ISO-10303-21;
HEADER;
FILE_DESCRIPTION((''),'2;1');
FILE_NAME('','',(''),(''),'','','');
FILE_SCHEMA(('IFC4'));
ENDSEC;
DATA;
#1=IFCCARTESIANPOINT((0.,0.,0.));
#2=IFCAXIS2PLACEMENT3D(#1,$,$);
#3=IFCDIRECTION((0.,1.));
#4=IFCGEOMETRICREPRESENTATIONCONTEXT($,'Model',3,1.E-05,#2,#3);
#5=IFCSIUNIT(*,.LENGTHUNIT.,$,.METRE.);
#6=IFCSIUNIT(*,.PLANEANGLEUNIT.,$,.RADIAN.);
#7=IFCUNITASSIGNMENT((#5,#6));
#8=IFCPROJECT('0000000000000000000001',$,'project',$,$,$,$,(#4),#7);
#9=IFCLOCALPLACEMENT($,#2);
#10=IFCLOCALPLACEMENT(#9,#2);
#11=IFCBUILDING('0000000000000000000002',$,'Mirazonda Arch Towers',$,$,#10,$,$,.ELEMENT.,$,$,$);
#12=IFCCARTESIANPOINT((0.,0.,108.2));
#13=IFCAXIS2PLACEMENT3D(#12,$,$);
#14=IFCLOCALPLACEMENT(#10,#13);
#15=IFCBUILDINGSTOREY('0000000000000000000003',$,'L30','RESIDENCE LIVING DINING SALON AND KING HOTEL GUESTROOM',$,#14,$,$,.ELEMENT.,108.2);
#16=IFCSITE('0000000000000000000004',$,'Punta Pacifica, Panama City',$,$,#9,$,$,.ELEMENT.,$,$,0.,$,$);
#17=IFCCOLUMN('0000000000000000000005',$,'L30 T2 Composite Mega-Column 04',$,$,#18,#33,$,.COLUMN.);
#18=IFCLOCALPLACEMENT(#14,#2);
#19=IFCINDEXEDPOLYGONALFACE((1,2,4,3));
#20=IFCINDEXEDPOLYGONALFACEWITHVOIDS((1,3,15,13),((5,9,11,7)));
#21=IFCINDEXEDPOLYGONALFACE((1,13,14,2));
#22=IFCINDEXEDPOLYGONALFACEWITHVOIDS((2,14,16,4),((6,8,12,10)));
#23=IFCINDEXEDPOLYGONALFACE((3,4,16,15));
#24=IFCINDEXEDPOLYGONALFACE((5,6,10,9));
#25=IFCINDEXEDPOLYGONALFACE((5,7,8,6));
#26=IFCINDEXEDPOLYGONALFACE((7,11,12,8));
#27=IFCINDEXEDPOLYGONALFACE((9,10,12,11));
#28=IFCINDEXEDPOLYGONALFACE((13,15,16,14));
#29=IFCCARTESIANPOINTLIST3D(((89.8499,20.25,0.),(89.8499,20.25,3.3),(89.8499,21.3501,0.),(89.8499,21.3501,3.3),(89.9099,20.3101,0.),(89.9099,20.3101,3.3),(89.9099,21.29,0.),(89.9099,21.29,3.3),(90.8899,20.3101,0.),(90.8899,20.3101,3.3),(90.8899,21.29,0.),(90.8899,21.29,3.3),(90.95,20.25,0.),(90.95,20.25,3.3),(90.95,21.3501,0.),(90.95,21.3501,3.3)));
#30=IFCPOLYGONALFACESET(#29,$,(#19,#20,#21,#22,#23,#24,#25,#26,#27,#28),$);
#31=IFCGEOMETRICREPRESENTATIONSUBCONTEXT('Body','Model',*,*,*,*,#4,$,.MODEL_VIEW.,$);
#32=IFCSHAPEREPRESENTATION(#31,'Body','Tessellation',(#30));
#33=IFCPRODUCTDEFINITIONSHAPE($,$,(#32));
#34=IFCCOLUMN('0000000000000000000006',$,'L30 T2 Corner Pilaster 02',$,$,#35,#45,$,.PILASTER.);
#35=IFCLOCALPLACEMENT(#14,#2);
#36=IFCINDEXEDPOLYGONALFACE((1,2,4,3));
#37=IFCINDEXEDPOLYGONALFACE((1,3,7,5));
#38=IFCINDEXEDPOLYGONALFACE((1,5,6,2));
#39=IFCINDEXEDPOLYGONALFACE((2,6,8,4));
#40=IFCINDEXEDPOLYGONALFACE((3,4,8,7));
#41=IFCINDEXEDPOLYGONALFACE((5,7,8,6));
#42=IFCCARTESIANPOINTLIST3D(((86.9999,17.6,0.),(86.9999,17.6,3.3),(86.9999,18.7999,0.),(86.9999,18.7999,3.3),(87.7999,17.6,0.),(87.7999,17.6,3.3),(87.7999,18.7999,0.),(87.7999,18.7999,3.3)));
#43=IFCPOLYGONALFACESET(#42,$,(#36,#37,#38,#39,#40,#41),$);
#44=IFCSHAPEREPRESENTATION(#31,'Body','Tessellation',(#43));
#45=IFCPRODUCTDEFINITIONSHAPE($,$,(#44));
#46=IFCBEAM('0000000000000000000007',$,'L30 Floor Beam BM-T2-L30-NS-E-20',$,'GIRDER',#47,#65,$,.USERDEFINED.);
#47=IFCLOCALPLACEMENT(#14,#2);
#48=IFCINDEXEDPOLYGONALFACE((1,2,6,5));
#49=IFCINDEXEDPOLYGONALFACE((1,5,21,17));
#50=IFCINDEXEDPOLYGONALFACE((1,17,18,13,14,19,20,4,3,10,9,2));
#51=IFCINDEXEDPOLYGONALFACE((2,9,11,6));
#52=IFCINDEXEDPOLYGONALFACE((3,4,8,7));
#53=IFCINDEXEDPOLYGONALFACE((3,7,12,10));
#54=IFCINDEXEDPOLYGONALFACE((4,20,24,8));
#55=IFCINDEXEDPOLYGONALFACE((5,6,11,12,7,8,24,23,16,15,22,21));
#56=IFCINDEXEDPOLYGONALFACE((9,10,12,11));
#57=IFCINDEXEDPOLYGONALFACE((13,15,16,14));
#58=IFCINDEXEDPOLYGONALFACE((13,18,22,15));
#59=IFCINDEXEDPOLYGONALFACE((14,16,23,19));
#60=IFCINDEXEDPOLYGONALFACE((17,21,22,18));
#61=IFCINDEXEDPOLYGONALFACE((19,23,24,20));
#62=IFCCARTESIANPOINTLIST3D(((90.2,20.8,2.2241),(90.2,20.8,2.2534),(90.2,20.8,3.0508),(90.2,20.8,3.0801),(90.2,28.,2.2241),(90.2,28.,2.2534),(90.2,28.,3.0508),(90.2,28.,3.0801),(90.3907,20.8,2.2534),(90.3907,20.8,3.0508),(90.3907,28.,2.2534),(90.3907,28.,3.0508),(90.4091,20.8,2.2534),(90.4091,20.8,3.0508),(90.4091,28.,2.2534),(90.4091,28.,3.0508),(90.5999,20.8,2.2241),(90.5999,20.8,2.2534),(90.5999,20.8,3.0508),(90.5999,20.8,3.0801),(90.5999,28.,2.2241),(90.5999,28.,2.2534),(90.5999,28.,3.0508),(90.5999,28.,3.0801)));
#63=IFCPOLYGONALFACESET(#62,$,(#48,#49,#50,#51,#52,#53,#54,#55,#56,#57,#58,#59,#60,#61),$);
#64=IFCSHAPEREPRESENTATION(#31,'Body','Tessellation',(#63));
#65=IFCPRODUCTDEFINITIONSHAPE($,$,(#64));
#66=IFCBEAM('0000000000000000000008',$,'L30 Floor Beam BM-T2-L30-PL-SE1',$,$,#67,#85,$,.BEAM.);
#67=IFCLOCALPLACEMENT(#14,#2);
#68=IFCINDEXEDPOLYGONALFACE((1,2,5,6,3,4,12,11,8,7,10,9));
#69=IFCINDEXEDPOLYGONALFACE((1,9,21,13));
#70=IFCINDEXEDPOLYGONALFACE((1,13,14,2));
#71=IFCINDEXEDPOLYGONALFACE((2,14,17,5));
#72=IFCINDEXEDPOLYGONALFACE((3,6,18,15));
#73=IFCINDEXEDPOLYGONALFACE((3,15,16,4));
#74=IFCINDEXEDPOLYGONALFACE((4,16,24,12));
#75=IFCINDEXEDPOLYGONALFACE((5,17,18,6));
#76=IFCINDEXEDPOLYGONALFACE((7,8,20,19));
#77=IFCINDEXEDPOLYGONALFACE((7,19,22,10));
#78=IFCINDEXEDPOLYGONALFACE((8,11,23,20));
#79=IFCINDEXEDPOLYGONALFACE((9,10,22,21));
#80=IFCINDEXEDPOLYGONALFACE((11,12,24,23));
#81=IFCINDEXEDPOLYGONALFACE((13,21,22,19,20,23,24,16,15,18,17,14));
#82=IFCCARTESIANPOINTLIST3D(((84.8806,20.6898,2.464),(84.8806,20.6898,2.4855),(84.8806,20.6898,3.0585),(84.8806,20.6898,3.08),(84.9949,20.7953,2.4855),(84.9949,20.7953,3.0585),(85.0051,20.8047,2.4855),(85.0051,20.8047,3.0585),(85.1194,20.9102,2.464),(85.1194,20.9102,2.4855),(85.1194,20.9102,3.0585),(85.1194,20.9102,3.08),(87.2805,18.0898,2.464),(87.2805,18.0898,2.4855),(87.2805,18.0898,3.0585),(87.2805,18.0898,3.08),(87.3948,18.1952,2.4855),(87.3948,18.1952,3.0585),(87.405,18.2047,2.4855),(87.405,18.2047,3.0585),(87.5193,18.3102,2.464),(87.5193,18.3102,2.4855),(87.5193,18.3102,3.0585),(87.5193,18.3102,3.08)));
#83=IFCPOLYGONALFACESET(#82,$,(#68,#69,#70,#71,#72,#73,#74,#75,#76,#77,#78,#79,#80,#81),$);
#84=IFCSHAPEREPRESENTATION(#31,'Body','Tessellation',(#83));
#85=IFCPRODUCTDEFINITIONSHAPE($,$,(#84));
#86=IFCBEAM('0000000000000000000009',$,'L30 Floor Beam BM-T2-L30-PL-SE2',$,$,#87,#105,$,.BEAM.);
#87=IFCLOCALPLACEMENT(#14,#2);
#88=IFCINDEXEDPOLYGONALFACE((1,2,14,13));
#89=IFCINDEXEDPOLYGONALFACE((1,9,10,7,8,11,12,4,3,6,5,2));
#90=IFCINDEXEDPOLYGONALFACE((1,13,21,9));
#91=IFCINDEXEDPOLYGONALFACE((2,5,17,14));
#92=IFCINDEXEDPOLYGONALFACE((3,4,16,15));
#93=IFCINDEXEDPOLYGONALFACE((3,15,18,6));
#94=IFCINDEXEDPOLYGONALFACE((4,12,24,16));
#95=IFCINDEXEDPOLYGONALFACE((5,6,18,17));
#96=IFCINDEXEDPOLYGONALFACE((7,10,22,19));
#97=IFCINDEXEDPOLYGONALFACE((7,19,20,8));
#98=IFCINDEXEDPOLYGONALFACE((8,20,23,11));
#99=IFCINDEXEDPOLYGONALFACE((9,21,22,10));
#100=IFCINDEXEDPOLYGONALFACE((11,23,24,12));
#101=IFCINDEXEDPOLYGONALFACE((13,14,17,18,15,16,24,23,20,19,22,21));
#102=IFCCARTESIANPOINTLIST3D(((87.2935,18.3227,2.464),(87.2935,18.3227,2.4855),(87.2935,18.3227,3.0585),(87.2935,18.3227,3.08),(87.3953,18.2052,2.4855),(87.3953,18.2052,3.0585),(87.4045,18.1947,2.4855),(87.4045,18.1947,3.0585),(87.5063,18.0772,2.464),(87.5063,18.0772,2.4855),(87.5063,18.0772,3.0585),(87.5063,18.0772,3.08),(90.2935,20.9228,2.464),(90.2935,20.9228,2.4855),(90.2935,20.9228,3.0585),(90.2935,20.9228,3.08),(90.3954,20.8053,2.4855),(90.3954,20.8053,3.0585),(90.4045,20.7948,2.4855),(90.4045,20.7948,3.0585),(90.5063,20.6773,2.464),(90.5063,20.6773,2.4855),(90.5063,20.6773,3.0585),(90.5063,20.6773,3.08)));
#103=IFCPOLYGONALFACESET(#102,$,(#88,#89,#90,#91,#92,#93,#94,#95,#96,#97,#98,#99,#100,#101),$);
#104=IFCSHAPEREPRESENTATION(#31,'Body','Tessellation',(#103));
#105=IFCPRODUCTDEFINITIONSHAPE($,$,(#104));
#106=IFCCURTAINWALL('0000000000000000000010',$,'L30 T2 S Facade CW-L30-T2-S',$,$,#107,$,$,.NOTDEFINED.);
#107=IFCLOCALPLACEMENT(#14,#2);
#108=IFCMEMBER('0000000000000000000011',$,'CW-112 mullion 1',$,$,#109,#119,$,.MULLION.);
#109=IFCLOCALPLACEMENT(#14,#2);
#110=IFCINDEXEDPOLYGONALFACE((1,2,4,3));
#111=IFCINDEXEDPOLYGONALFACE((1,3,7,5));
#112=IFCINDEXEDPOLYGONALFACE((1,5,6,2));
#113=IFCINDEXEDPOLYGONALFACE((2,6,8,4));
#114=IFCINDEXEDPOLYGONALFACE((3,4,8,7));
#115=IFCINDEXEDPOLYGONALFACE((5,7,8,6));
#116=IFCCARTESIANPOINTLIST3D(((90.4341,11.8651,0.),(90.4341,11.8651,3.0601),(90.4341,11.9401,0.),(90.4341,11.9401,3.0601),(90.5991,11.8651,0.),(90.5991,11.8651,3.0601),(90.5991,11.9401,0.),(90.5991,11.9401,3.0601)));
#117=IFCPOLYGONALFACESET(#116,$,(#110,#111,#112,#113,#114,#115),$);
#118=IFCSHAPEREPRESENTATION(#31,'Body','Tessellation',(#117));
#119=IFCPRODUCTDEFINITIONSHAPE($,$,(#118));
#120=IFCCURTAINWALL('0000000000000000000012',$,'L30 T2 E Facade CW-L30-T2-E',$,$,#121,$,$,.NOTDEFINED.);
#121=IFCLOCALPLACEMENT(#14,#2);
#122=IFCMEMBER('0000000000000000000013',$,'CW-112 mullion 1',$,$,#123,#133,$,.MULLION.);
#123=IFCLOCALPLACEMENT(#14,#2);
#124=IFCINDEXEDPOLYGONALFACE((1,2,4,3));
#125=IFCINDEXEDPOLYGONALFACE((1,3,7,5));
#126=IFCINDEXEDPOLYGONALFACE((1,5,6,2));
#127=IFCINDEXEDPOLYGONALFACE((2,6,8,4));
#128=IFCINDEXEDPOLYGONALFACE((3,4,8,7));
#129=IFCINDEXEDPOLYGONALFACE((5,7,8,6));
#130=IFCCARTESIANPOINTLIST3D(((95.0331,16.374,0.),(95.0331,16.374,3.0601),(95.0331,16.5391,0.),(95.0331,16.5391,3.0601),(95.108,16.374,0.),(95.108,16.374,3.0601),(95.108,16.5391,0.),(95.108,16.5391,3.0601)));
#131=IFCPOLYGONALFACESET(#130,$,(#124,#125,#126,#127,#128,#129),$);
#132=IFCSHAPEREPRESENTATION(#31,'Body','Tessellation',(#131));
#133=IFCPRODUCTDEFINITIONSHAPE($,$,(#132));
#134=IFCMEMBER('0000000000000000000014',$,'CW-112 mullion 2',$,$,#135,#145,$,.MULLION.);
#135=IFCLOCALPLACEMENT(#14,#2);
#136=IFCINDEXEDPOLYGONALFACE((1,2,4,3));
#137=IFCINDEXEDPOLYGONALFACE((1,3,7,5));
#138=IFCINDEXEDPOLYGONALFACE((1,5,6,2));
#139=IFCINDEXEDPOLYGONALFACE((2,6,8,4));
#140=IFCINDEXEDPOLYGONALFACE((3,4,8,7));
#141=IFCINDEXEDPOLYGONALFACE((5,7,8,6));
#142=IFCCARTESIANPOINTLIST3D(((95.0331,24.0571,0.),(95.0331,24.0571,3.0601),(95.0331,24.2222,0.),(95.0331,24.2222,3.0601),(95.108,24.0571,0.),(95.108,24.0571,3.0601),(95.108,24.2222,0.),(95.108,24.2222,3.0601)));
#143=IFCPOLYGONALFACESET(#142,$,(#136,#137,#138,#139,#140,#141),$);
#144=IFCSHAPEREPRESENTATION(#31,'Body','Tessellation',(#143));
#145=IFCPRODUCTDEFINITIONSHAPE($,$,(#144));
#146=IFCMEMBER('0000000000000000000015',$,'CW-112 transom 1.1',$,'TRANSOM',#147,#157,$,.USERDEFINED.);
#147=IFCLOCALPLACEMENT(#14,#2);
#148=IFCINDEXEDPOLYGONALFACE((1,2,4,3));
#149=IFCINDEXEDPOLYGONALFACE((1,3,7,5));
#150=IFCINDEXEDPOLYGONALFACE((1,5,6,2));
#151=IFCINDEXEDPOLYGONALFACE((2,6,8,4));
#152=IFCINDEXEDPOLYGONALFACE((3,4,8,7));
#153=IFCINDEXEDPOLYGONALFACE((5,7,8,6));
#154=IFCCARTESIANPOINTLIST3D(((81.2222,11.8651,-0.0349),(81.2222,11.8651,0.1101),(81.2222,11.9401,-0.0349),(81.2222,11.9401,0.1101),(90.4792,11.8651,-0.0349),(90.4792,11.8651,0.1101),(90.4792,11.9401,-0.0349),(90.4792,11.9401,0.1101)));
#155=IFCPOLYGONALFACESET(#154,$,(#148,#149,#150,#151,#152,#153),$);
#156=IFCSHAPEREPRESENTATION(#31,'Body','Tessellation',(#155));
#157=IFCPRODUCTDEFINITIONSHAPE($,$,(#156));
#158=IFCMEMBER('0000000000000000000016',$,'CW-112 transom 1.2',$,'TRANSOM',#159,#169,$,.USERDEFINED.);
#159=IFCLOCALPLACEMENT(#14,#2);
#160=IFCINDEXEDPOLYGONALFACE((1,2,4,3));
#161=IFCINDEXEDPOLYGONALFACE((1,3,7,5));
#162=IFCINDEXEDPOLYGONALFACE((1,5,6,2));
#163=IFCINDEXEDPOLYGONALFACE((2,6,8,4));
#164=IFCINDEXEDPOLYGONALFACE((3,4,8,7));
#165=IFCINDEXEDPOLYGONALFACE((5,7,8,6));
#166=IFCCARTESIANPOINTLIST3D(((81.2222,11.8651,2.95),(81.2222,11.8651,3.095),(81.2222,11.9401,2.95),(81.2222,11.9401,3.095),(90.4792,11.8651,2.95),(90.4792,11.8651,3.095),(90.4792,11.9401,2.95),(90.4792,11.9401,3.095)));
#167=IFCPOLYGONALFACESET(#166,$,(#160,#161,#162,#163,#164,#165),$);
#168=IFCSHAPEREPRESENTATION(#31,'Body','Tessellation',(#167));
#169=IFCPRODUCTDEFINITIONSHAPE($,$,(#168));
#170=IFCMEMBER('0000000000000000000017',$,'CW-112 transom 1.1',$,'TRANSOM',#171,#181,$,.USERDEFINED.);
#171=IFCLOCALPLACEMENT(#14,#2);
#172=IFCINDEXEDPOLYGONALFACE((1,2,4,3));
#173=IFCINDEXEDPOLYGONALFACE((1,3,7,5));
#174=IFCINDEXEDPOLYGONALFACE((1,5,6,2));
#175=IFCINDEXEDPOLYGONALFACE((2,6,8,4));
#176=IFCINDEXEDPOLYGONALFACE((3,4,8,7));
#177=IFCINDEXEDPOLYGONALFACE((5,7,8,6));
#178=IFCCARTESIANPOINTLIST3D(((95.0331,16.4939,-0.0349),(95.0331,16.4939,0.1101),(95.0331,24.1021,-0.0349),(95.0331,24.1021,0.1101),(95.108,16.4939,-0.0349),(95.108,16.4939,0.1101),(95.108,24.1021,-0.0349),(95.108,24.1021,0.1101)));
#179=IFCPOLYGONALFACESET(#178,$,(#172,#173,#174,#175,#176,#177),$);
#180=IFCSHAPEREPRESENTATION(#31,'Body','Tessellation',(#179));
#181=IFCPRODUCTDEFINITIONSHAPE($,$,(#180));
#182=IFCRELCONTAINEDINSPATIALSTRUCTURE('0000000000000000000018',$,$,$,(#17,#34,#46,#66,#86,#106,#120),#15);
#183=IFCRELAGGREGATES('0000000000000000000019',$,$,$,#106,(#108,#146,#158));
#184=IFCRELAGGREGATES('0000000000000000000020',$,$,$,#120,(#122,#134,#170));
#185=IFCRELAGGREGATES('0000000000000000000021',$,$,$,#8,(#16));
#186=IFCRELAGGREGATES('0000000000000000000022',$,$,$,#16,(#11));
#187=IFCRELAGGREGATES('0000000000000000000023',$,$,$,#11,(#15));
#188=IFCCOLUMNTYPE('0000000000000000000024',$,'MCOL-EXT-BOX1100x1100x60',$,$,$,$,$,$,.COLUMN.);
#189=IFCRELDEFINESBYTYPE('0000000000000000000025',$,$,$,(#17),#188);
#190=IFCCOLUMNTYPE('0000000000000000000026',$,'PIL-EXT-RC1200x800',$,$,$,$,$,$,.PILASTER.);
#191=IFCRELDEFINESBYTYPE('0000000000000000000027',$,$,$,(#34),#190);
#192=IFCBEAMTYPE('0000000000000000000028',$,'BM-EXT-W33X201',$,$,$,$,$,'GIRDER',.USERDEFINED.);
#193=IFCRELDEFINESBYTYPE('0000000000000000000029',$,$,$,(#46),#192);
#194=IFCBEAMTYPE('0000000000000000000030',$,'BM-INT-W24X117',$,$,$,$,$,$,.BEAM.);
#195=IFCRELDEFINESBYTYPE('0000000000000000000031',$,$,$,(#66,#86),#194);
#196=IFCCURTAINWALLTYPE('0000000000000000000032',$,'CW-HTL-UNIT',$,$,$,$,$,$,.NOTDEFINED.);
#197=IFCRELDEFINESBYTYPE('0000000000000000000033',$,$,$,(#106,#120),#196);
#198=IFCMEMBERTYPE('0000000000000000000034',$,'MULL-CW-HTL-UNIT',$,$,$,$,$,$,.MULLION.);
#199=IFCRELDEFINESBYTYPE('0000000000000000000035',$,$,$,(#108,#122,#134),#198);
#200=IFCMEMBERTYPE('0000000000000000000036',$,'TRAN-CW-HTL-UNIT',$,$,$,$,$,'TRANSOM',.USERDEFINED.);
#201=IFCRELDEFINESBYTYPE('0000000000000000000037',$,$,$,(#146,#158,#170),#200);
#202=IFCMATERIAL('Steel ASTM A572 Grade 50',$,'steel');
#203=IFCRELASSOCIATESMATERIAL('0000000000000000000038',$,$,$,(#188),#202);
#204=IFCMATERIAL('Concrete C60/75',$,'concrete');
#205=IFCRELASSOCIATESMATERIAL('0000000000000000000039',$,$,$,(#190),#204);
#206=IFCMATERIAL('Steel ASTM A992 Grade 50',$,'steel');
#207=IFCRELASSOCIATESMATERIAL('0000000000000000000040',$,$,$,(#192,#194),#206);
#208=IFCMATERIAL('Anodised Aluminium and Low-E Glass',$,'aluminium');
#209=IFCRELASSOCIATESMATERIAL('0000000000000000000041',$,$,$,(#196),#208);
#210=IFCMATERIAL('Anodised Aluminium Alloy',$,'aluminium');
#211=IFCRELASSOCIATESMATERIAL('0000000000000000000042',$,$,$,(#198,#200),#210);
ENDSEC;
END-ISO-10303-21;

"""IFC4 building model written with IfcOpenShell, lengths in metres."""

from ifc_helpers import new_model, si_unit, direction, frame, origin, origin_2d, place, context, subcontext, project, spatial, rectangle, hollow_rectangle, i_section, extrude, material, material_profile, profile_set, type_object, element, aggregate, save


model = new_model("IFC4")

# Units and contexts
model_context = context("Model", 3, precision=1e-05, world=origin(), true_north=direction((0.0, 1.0)))
body_context = subcontext(model_context, "Body", "Model", "MODEL_VIEW")
ifc_project = project(units=[si_unit("LENGTHUNIT", "METRE"), si_unit("PLANEANGLEUNIT", "RADIAN")], contexts=[model_context])

# Site, building, storey
site_placement = place(None, origin())
site = spatial("IfcSite", under=ifc_project, at=site_placement, Name="Punta Pacifica, Panama City", CompositionType="ELEMENT", RefElevation=0.0)
building_placement = place(site_placement, origin())
building = spatial("IfcBuilding", under=site, at=building_placement, Name="Mirazonda Arch Towers", CompositionType="ELEMENT")
storey_placement = place(building_placement, frame((0.0, 0.0, 108.2)))
storey = spatial("IfcBuildingStorey", under=building, at=storey_placement, Name="L30", Description="RESIDENCE LIVING DINING SALON AND KING HOTEL GUESTROOM", CompositionType="ELEMENT", Elevation=108.2)

# Columns
ifc_material_1 = material(Name="Steel ASTM A572 Grade 50", Category="steel")
ifc_material_profile_1 = material_profile(ifc_material_1, hollow_rectangle(XDim=1.1001, YDim=1.1001, WallThickness=0.0601, at=origin_2d()), Name="BOX1100x1100x60")
ifc_profile_set_1 = profile_set([ifc_material_profile_1], Name="Steel ASTM A572 Grade 50")
column_type_1 = type_object("IfcColumnType", Name="MCOL-EXT-BOX1100x1100x60", PredefinedType="COLUMN", material=ifc_profile_set_1)
column_1_placement = place(storey_placement, frame((90.3999, 20.8, 0.0), z_axis=(0.0, 0.0, 1.0), x_axis=(1.0, 0.0, 0.0)))
element("IfcColumn", 1, at=column_1_placement, inside=storey, type_object=column_type_1, Name="L30 T2 Composite Mega-Column 04", PredefinedType="COLUMN", context=body_context, shape_type="SweptSolid", body=[
    extrude(hollow_rectangle(XDim=1.1001, YDim=1.1001, WallThickness=0.0601, at=origin_2d()), origin(), (0.0, 0.0, 1.0), 3.3),
])
ifc_material_2 = material(Name="Concrete C60/75", Category="concrete")
ifc_material_profile_2 = material_profile(ifc_material_2, rectangle(XDim=0.8, YDim=1.2, at=origin_2d()), Name="RC1200x800")
ifc_profile_set_2 = profile_set([ifc_material_profile_2], Name="Concrete C60/75")
column_type_2 = type_object("IfcColumnType", Name="PIL-EXT-RC1200x800", PredefinedType="PILASTER", material=ifc_profile_set_2)
column_2_placement = place(storey_placement, frame((87.3999, 18.2, 0.0), z_axis=(0.0, 0.0, 1.0), x_axis=(1.0, 0.0, 0.0)))
element("IfcColumn", 2, at=column_2_placement, inside=storey, type_object=column_type_2, Name="L30 T2 Corner Pilaster 02", PredefinedType="PILASTER", context=body_context, shape_type="SweptSolid", body=[
    extrude(rectangle(XDim=0.8, YDim=1.2, at=origin_2d()), origin(), (0.0, 0.0, 1.0), 3.3),
])

# Beams
ifc_material_3 = material(Name="Steel ASTM A992 Grade 50", Category="steel")
ifc_material_profile_3 = material_profile(ifc_material_3, i_section(OverallWidth=0.3999, OverallDepth=0.856, WebThickness=0.0183, FlangeThickness=0.0293, at=origin_2d()), Name="W33X201")
ifc_profile_set_3 = profile_set([ifc_material_profile_3], Name="Steel ASTM A992 Grade 50")
beam_type_1 = type_object("IfcBeamType", Name="BM-EXT-W33X201", ElementType="GIRDER", PredefinedType="USERDEFINED", material=ifc_profile_set_3)
beam_1_placement = place(storey_placement, frame((90.3999, 20.8, 2.6521), z_axis=(0.0, 1.0, 0.0), x_axis=(-1.0, 0.0, 0.0)))
element("IfcBeam", 3, at=beam_1_placement, inside=storey, type_object=beam_type_1, Name="L30 Floor Beam BM-T2-L30-NS-E-20", ObjectType="GIRDER", PredefinedType="USERDEFINED", context=body_context, shape_type="SweptSolid", body=[
    extrude(i_section(OverallWidth=0.3999, OverallDepth=0.856, WebThickness=0.0183, FlangeThickness=0.0293, at=origin_2d()), origin(), (0.0, 0.0, 1.0), 7.2),
])
ifc_material_profile_4 = material_profile(ifc_material_3, i_section(OverallWidth=0.325, OverallDepth=0.616, WebThickness=0.0139, FlangeThickness=0.0215, at=origin_2d()), Name="W24X117")
ifc_profile_set_4 = profile_set([ifc_material_profile_4], Name="Steel ASTM A992 Grade 50")
beam_type_2 = type_object("IfcBeamType", Name="BM-INT-W24X117", PredefinedType="BEAM", material=ifc_profile_set_4)
beam_2_placement = place(storey_placement, frame((87.3999, 18.2, 2.772), z_axis=(-0.678251, 0.73483, 0.0), x_axis=(-0.73483, -0.678251, 0.0)))
element("IfcBeam", 4, at=beam_2_placement, inside=storey, type_object=beam_type_2, Name="L30 Floor Beam BM-T2-L30-PL-SE1", PredefinedType="BEAM", context=body_context, shape_type="SweptSolid", body=[
    extrude(i_section(OverallWidth=0.325, OverallDepth=0.616, WebThickness=0.0139, FlangeThickness=0.0215, at=origin_2d()), origin(), (0.0, 0.0, 1.0), 3.5383),
])
beam_3_placement = place(storey_placement, frame((87.3999, 18.2, 2.772), z_axis=(0.755677, 0.654945, 0.0), x_axis=(-0.654945, 0.755677, 0.0)))
element("IfcBeam", 5, at=beam_3_placement, inside=storey, type_object=beam_type_2, Name="L30 Floor Beam BM-T2-L30-PL-SE2", PredefinedType="BEAM", context=body_context, shape_type="SweptSolid", body=[
    extrude(i_section(OverallWidth=0.325, OverallDepth=0.616, WebThickness=0.0139, FlangeThickness=0.0215, at=origin_2d()), origin(), (0.0, 0.0, 1.0), 3.97),
])

# Curtain wall, member
ifc_material_4 = material(Name="Anodised Aluminium and Low-E Glass", Category="aluminium")
curtain_wall_type = type_object("IfcCurtainWallType", Name="CW-HTL-UNIT", PredefinedType="NOTDEFINED", material=ifc_material_4)
curtain_wall_1_placement = place(storey_placement, origin())
curtain_wall_1 = element("IfcCurtainWall", 6, at=curtain_wall_1_placement, inside=storey, type_object=curtain_wall_type, Name="L30 T2 S Facade CW-L30-T2-S", PredefinedType="NOTDEFINED")
ifc_material_5 = material(Name="Anodised Aluminium Alloy", Category="aluminium")
ifc_material_profile_5 = material_profile(ifc_material_5, rectangle(XDim=0.075, YDim=0.165, at=origin_2d()), Name="ALU-MULL-75x165")
ifc_profile_set_5 = profile_set([ifc_material_profile_5], Name="Anodised Aluminium Alloy")
member_type_1 = type_object("IfcMemberType", Name="MULL-CW-HTL-UNIT", PredefinedType="MULLION", material=ifc_profile_set_5)
member_1_placement = place(storey_placement, frame((90.5166, 11.9026, 0.0), z_axis=(0.0, 0.0, 1.0), x_axis=(0.0, -1.0, 0.0)))
member_1 = element("IfcMember", 7, at=member_1_placement, type_object=member_type_1, Name="CW-112 mullion 1", PredefinedType="MULLION", context=body_context, shape_type="SweptSolid", body=[
    extrude(rectangle(XDim=0.075, YDim=0.165, at=origin_2d()), origin(), (0.0, 0.0, 1.0), 3.0601),
])

# Curtain wall, members
curtain_wall_2_placement = place(storey_placement, origin())
curtain_wall_2 = element("IfcCurtainWall", 8, at=curtain_wall_2_placement, inside=storey, type_object=curtain_wall_type, Name="L30 T2 E Facade CW-L30-T2-E", PredefinedType="NOTDEFINED")
member_2_placement = place(storey_placement, frame((95.0706, 16.4565, 0.0), z_axis=(0.0, 0.0, 1.0), x_axis=(-1.0, 0.0, 0.0)))
member_2 = element("IfcMember", 9, at=member_2_placement, type_object=member_type_1, Name="CW-112 mullion 1", PredefinedType="MULLION", context=body_context, shape_type="SweptSolid", body=[
    extrude(rectangle(XDim=0.075, YDim=0.165, at=origin_2d()), origin(), (0.0, 0.0, 1.0), 3.0601),
])
member_3_placement = place(storey_placement, frame((95.0706, 24.1396, 0.0), z_axis=(0.0, 0.0, 1.0), x_axis=(-1.0, 0.0, 0.0)))
member_3 = element("IfcMember", 10, at=member_3_placement, type_object=member_type_1, Name="CW-112 mullion 2", PredefinedType="MULLION", context=body_context, shape_type="SweptSolid", body=[
    extrude(rectangle(XDim=0.075, YDim=0.165, at=origin_2d()), origin(), (0.0, 0.0, 1.0), 3.0601),
])

# Members
ifc_material_profile_6 = material_profile(ifc_material_5, rectangle(XDim=0.075, YDim=0.145, at=origin_2d()), Name="ALU-TRAN-75x145")
ifc_profile_set_6 = profile_set([ifc_material_profile_6], Name="Anodised Aluminium Alloy")
member_type_2 = type_object("IfcMemberType", Name="TRAN-CW-HTL-UNIT", ElementType="TRANSOM", PredefinedType="USERDEFINED", material=ifc_profile_set_6)
member_4_placement = place(storey_placement, frame((90.4792, 11.9026, 0.0376), z_axis=(-1.0, 0.0, 0.0), x_axis=(0.0, -1.0, 0.0)))
member_4 = element("IfcMember", 11, at=member_4_placement, type_object=member_type_2, Name="CW-112 transom 1.1", ObjectType="TRANSOM", PredefinedType="USERDEFINED", context=body_context, shape_type="SweptSolid", body=[
    extrude(rectangle(XDim=0.075, YDim=0.145, at=origin_2d()), origin(), (0.0, 0.0, 1.0), 9.2571),
])
member_5_placement = place(storey_placement, frame((90.4792, 11.9026, 3.0225), z_axis=(-1.0, 0.0, 0.0), x_axis=(0.0, -1.0, 0.0)))
member_5 = element("IfcMember", 12, at=member_5_placement, type_object=member_type_2, Name="CW-112 transom 1.2", ObjectType="TRANSOM", PredefinedType="USERDEFINED", context=body_context, shape_type="SweptSolid", body=[
    extrude(rectangle(XDim=0.075, YDim=0.145, at=origin_2d()), origin(), (0.0, 0.0, 1.0), 9.2571),
])
member_6_placement = place(storey_placement, frame((95.0706, 16.4939, 0.0376), z_axis=(0.0, 1.0, 0.0), x_axis=(-1.0, 0.0, 0.0)))
member_6 = element("IfcMember", 13, at=member_6_placement, type_object=member_type_2, Name="CW-112 transom 1.1", ObjectType="TRANSOM", PredefinedType="USERDEFINED", context=body_context, shape_type="SweptSolid", body=[
    extrude(rectangle(XDim=0.075, YDim=0.145, at=origin_2d()), origin(), (0.0, 0.0, 1.0), 7.6082),
])

aggregate(curtain_wall_1, [member_1, member_4, member_5])
aggregate(curtain_wall_2, [member_2, member_3, member_6])

save(model, "model.ifc")
